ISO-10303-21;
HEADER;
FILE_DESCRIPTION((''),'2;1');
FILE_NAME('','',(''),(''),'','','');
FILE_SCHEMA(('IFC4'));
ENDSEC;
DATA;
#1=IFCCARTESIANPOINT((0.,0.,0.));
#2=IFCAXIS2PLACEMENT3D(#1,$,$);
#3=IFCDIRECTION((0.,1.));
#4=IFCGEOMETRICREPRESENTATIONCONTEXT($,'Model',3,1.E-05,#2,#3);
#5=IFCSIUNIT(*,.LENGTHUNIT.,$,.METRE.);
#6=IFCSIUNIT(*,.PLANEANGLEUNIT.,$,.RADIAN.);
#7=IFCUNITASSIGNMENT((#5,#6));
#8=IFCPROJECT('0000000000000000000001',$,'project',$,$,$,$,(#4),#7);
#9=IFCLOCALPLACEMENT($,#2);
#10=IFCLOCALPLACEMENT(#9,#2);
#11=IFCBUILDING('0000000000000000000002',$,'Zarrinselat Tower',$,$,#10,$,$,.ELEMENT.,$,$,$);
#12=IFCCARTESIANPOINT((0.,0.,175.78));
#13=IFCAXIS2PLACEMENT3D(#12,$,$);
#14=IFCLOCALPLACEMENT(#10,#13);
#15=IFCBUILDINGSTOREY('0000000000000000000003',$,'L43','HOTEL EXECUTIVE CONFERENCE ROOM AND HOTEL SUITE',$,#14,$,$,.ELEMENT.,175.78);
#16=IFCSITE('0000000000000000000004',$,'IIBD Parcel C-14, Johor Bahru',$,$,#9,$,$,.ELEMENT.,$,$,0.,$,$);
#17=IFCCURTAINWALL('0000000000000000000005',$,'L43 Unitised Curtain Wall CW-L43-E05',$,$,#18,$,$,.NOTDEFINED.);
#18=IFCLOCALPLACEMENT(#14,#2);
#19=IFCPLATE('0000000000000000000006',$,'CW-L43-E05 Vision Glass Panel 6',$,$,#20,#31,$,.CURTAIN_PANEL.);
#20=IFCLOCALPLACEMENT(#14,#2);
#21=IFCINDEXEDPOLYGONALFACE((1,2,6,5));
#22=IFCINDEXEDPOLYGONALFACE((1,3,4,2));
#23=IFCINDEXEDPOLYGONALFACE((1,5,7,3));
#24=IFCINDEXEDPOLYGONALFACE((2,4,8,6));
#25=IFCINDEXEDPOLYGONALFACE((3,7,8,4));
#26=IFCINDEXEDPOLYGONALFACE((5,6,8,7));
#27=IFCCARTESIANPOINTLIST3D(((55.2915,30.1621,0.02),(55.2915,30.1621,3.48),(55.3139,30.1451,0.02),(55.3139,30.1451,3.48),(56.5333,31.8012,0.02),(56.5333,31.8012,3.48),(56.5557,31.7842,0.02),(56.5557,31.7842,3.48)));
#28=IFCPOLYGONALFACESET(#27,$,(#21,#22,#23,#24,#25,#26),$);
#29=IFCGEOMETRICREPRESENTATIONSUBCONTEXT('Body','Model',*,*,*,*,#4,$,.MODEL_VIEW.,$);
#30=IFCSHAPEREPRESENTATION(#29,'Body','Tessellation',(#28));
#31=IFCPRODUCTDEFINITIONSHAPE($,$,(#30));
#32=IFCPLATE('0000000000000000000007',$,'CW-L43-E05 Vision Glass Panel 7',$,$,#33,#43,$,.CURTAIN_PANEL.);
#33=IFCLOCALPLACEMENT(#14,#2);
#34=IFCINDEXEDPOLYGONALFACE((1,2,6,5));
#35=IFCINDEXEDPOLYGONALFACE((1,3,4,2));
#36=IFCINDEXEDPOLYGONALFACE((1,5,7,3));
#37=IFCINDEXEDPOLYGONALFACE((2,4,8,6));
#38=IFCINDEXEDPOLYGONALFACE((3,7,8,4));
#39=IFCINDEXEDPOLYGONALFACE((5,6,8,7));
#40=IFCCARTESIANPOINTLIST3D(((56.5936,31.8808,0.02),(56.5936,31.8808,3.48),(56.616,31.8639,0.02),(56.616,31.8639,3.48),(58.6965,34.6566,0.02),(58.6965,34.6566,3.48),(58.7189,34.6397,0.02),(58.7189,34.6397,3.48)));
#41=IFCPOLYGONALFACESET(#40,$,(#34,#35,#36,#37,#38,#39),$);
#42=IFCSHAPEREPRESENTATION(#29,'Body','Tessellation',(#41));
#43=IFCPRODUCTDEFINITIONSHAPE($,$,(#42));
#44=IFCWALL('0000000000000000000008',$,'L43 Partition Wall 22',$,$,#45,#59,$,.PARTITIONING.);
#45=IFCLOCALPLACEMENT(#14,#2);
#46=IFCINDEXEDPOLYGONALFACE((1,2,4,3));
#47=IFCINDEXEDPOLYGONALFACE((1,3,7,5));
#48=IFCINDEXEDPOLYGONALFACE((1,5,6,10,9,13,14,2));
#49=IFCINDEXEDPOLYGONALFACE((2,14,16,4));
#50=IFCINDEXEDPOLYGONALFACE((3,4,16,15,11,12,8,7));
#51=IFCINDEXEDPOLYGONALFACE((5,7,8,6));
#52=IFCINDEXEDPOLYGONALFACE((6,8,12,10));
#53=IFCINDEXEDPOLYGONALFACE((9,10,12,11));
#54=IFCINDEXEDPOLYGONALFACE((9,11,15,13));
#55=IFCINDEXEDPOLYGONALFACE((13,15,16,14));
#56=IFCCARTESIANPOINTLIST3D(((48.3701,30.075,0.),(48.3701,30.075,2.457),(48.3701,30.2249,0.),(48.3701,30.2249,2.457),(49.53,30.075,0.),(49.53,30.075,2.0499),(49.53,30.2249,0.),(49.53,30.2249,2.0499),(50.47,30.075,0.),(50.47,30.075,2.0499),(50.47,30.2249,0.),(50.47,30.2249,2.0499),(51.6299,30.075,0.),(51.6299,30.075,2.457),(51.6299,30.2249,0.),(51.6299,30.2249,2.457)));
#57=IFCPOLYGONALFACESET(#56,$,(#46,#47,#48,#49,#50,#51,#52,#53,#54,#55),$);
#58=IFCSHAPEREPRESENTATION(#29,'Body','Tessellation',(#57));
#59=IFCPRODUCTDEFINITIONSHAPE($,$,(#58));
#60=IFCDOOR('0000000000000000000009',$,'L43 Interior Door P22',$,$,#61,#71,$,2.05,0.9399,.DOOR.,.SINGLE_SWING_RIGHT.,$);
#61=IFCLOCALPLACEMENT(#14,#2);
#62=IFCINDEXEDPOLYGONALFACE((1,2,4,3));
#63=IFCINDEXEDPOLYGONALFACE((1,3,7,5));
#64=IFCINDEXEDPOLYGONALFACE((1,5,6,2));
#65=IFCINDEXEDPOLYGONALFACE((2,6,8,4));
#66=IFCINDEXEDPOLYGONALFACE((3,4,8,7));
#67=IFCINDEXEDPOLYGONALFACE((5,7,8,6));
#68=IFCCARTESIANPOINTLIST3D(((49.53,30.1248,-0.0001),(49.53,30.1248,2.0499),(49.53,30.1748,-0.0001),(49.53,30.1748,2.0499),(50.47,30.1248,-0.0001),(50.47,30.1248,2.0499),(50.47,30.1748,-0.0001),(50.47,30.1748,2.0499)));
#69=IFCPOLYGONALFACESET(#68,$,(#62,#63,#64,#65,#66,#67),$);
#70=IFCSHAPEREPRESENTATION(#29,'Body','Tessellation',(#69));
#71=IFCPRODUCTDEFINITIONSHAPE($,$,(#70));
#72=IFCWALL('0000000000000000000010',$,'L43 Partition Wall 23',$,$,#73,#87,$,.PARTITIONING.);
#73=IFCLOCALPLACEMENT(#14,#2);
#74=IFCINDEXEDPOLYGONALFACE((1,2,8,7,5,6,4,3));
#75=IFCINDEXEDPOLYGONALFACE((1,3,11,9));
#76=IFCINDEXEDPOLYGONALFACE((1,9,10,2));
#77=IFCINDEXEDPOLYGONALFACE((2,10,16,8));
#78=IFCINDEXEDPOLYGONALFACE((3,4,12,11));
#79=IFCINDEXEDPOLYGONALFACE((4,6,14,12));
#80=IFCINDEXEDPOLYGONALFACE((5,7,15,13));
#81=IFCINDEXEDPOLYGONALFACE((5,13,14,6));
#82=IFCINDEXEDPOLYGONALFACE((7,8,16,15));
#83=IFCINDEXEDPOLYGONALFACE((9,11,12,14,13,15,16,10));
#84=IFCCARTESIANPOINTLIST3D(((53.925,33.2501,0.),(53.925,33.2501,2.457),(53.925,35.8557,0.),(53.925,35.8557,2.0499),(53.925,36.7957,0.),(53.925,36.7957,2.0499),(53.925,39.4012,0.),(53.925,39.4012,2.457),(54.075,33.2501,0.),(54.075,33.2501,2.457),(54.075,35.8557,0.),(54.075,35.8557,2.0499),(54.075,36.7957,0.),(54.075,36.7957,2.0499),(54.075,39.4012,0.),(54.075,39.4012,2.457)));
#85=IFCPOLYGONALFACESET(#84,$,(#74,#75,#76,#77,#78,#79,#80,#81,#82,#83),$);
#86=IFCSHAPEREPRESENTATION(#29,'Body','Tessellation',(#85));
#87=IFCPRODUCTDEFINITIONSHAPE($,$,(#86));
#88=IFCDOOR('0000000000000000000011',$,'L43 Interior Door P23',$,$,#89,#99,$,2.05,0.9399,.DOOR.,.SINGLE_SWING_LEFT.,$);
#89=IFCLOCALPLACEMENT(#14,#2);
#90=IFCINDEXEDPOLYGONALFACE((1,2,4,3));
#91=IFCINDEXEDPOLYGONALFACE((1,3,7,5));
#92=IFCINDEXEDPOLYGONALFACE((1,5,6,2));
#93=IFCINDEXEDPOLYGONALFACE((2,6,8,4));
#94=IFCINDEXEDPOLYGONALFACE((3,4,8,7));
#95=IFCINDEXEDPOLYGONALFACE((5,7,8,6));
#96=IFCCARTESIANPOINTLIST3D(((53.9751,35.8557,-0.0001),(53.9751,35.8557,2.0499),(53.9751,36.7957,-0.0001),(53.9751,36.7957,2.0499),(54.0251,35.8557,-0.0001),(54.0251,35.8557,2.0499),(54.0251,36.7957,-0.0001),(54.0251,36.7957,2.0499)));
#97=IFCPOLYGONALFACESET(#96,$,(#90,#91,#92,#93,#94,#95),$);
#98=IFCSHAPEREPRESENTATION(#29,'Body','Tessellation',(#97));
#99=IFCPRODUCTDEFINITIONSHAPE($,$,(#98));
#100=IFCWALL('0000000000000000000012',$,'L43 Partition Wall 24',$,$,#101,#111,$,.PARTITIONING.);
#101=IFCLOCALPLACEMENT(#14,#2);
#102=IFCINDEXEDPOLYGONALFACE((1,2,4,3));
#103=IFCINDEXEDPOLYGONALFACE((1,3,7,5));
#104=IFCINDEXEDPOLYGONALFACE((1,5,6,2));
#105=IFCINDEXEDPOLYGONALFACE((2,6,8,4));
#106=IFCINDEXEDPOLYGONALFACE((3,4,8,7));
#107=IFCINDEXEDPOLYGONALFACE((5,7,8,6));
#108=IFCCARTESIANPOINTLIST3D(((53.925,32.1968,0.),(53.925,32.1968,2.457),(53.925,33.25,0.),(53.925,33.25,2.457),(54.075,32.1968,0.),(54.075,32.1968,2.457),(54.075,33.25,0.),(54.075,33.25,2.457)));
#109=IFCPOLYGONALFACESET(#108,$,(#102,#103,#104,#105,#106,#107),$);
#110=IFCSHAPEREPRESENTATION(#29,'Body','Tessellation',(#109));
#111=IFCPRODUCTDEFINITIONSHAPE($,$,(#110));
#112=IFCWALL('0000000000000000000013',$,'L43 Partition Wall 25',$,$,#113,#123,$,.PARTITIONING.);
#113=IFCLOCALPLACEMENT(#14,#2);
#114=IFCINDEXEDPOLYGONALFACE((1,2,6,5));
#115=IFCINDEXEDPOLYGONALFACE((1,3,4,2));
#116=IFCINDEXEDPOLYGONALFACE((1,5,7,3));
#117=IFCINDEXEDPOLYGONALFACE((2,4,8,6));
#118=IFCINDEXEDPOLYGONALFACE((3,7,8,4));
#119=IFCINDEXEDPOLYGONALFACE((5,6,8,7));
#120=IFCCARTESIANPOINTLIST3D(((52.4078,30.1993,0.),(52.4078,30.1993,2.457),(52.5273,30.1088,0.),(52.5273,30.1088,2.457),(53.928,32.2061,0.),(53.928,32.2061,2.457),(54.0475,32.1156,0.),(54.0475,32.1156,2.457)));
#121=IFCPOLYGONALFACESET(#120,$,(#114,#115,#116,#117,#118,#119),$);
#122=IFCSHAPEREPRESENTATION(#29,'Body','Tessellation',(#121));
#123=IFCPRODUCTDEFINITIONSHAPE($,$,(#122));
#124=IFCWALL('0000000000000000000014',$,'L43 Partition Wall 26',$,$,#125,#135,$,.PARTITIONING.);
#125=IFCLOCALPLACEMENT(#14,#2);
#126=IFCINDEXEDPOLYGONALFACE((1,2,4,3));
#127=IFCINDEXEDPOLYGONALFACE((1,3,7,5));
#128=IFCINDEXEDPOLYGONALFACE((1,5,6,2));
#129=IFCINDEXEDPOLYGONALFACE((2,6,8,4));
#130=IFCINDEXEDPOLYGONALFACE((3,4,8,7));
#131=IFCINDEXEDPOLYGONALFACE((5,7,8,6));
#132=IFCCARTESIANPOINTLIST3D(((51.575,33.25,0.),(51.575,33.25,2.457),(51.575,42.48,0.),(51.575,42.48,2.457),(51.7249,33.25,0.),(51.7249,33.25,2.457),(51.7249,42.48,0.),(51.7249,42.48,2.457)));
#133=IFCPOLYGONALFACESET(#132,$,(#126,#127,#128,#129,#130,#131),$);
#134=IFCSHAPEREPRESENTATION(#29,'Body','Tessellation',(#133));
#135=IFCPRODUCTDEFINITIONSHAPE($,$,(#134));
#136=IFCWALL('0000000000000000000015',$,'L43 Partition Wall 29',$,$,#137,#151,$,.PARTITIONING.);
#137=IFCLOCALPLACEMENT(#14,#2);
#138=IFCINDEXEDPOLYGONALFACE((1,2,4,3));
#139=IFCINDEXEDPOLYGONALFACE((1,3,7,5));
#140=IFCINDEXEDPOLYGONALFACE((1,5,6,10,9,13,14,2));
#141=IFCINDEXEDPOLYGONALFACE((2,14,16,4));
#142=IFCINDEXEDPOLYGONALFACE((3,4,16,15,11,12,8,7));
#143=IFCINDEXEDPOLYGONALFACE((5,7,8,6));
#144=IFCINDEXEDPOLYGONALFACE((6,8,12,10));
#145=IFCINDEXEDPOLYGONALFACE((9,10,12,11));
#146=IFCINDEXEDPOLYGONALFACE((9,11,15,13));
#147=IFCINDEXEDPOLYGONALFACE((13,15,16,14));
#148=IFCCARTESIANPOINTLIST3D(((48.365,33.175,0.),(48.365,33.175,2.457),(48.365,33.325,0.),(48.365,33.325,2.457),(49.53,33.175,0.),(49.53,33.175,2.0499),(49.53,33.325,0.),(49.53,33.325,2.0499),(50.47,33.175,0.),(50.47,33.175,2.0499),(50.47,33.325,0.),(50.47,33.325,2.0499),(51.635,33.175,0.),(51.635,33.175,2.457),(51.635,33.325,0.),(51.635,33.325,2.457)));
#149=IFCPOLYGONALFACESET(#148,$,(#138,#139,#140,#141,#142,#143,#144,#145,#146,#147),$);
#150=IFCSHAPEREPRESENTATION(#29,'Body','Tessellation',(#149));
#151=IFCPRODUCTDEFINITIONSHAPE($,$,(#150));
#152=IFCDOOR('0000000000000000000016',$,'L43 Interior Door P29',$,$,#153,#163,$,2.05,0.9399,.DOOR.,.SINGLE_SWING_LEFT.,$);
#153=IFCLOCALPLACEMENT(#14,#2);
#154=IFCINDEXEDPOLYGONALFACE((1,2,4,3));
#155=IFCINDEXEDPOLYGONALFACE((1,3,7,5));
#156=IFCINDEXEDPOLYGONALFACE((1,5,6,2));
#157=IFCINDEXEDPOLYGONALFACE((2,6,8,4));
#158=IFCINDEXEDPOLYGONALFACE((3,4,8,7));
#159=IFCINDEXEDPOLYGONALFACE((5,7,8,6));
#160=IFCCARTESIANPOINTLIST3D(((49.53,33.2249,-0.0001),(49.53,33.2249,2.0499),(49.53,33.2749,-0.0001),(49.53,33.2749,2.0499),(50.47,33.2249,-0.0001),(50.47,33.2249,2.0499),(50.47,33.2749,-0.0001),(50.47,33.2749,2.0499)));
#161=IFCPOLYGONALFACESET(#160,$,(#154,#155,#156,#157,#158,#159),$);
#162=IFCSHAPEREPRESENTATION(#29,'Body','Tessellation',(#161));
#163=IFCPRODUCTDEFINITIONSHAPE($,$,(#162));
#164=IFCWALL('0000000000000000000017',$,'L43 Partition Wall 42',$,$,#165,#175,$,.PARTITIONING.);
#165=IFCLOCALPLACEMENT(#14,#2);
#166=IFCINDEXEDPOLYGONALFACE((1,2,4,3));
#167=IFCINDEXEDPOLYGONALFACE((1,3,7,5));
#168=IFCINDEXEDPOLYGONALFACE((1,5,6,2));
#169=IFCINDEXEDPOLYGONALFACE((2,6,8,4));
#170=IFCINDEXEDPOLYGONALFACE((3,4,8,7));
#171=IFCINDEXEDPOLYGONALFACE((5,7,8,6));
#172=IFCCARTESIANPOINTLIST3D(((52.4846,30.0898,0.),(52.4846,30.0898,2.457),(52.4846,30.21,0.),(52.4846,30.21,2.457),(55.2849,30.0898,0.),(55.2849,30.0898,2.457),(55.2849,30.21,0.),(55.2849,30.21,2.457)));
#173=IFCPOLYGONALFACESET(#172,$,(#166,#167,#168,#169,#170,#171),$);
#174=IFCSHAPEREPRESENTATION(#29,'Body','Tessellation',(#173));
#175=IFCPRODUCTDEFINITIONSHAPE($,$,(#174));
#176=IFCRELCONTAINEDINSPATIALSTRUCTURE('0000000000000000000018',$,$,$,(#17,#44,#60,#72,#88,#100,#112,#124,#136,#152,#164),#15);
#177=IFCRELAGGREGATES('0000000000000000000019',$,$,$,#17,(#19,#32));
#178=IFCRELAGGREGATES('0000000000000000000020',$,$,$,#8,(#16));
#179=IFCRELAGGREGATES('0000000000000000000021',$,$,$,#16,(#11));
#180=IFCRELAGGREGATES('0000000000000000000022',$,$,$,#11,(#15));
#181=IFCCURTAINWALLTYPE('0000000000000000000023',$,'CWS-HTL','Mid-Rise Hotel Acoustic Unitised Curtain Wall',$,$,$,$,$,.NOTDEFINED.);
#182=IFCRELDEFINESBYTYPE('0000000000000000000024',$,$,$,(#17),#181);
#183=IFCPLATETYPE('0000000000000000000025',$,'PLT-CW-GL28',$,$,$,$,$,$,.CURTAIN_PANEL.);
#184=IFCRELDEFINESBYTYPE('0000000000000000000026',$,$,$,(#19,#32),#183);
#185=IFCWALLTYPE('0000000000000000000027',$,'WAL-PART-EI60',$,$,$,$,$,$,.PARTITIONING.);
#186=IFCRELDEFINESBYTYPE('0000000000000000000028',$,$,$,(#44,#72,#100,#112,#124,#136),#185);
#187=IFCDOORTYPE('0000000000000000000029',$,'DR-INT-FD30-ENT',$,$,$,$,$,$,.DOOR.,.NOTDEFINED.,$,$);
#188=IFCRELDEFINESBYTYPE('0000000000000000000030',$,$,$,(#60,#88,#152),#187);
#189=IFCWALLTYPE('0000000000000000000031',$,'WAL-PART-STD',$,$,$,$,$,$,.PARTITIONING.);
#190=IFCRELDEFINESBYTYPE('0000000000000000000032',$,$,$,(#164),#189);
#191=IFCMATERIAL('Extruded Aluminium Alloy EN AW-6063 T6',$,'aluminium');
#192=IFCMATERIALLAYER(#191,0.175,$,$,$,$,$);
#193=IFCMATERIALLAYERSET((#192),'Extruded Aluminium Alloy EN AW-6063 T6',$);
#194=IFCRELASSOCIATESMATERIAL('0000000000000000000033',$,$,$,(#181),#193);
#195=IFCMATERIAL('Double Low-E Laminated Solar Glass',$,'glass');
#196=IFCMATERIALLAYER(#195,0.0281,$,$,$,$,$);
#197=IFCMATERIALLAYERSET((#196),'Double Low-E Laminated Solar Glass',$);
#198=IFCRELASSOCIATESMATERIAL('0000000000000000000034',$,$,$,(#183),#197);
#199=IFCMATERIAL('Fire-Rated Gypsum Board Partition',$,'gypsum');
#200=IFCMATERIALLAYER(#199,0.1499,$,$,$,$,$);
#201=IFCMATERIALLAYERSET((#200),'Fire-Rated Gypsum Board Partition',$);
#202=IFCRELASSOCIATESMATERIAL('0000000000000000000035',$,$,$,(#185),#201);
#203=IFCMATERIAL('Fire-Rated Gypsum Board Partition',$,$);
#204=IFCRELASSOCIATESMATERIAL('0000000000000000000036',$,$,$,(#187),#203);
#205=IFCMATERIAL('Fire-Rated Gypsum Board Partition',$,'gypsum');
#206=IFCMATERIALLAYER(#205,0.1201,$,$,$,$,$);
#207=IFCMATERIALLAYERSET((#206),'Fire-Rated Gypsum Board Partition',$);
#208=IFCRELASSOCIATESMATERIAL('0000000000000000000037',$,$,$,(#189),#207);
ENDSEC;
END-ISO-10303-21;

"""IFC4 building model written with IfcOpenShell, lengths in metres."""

from ifc_helpers import new_model, si_unit, direction, frame, frame_2d, origin, origin_2d, place, context, subcontext, project, spatial, rectangle, extrude, material, layer, layer_set, type_object, element, fill, aggregate, save


model = new_model("IFC4")

# Units and contexts
model_context = context("Model", 3, precision=1e-05, world=origin(), true_north=direction((0.0, 1.0)))
body_context = subcontext(model_context, "Body", "Model", "MODEL_VIEW")
ifc_project = project(units=[si_unit("LENGTHUNIT", "METRE"), si_unit("PLANEANGLEUNIT", "RADIAN")], contexts=[model_context])

# Site, building, storey
site_placement = place(None, origin())
site = spatial("IfcSite", under=ifc_project, at=site_placement, Name="IIBD Parcel C-14, Johor Bahru", CompositionType="ELEMENT", RefElevation=0.0)
building_placement = place(site_placement, origin())
building = spatial("IfcBuilding", under=site, at=building_placement, Name="Zarrinselat Tower", CompositionType="ELEMENT")
storey_placement = place(building_placement, frame((0.0, 0.0, 175.78)))
storey = spatial("IfcBuildingStorey", under=building, at=storey_placement, Name="L43", Description="HOTEL EXECUTIVE CONFERENCE ROOM AND HOTEL SUITE", CompositionType="ELEMENT", Elevation=175.78)

# Curtain wall, plates
ifc_material_1 = material(Name="Extruded Aluminium Alloy EN AW-6063 T6", Category="aluminium")
ifc_layer_1 = layer(ifc_material_1, 0.175)
ifc_layer_set_1 = layer_set([ifc_layer_1], Name="Extruded Aluminium Alloy EN AW-6063 T6")
curtain_wall_type = type_object("IfcCurtainWallType", Name="CWS-HTL", Description="Mid-Rise Hotel Acoustic Unitised Curtain Wall", PredefinedType="NOTDEFINED", material=ifc_layer_set_1)
curtain_wall_placement = place(storey_placement, origin())
curtain_wall = element("IfcCurtainWall", 1, at=curtain_wall_placement, inside=storey, type_object=curtain_wall_type, Name="L43 Unitised Curtain Wall CW-L43-E05", PredefinedType="NOTDEFINED")
ifc_material_2 = material(Name="Double Low-E Laminated Solar Glass", Category="glass")
ifc_layer_2 = layer(ifc_material_2, 0.0281)
ifc_layer_set_2 = layer_set([ifc_layer_2], Name="Double Low-E Laminated Solar Glass")
plate_type = type_object("IfcPlateType", Name="PLT-CW-GL28", PredefinedType="CURTAIN_PANEL", material=ifc_layer_set_2)
plate_1_placement = place(storey_placement, frame((55.9236, 30.9731, 0.02), z_axis=(0.0, 0.0, 1.0), x_axis=(0.603859, 0.797091, 0.0)))
plate_1 = element("IfcPlate", 2, at=plate_1_placement, type_object=plate_type, Name="CW-L43-E05 Vision Glass Panel 6", PredefinedType="CURTAIN_PANEL", context=body_context, shape_type="SweptSolid", body=[
    extrude(rectangle(XDim=2.0564, YDim=0.0281, at=origin_2d()), origin(), (0.0, 0.0, 1.0), 3.46),
])
plate_2_placement = place(storey_placement, frame((57.6562, 33.2603, 0.02), z_axis=(0.0, 0.0, 1.0), x_axis=(0.603859, 0.797091, 0.0)))
plate_2 = element("IfcPlate", 3, at=plate_2_placement, type_object=plate_type, Name="CW-L43-E05 Vision Glass Panel 7", PredefinedType="CURTAIN_PANEL", context=body_context, shape_type="SweptSolid", body=[
    extrude(rectangle(XDim=3.4824, YDim=0.0281, at=origin_2d()), origin(), (0.0, 0.0, 1.0), 3.46),
])
aggregate(curtain_wall, [plate_1, plate_2])

# Walls, openings, doors
ifc_material_3 = material(Name="Fire-Rated Gypsum Board Partition", Category="gypsum")
ifc_layer_3 = layer(ifc_material_3, 0.1499)
ifc_layer_set_3 = layer_set([ifc_layer_3], Name="Fire-Rated Gypsum Board Partition")
wall_type_1 = type_object("IfcWallType", Name="WAL-PART-EI60", PredefinedType="PARTITIONING", material=ifc_layer_set_3)
wall_1_placement = place(storey_placement, frame((48.3701, 30.1499, 0.0), z_axis=(0.0, 0.0, 1.0), x_axis=(1.0, 0.0, 0.0)))
wall_1 = element("IfcWall", 4, at=wall_1_placement, inside=storey, type_object=wall_type_1, Name="L43 Partition Wall 22", PredefinedType="PARTITIONING", context=body_context, shape_type="SweptSolid", body=[
    extrude(rectangle(XDim=3.2598, YDim=0.1499, at=frame_2d((1.6299, 0.0))), origin(), (0.0, 0.0, 1.0), 2.457),
])
opening_1_placement = place(wall_1_placement, frame((1.1599, 0.0, 0.0)))
opening_1 = element("IfcOpeningElement", 5, at=opening_1_placement, cuts=wall_1, PredefinedType="OPENING", context=body_context, shape_type="SweptSolid", body=[
    extrude(rectangle(XDim=0.9399, YDim=2.05, at=frame_2d((0.47, 1.0249))), frame((0.0, 0.085, 0.0), z_axis=(0.0, -1.0, 0.0), x_axis=(1.0, 0.0, 0.0)), (0.0, 0.0, 1.0), 0.1699),
])
ifc_material_4 = material(Name="Fire-Rated Gypsum Board Partition")
door_type = type_object("IfcDoorType", Name="DR-INT-FD30-ENT", OperationType="NOTDEFINED", PredefinedType="DOOR", material=ifc_material_4)
door_1_placement = place(opening_1_placement, origin())
door_1 = element("IfcDoor", 6, at=door_1_placement, inside=storey, type_object=door_type, Name="L43 Interior Door P22", OperationType="SINGLE_SWING_RIGHT", OverallHeight=2.05, OverallWidth=0.9399, PredefinedType="DOOR", context=body_context, shape_type="SweptSolid", body=[
    extrude(rectangle(XDim=0.9399, YDim=2.05, at=frame_2d((0.47, 1.0249))), frame((0.0, 0.0249, 0.0), z_axis=(0.0, -1.0, 0.0), x_axis=(1.0, 0.0, 0.0)), (0.0, 0.0, 1.0), 0.05),
])
fill(opening_1, door_1)
wall_2_placement = place(storey_placement, frame((54.0, 33.25, 0.0), z_axis=(0.0, 0.0, 1.0), x_axis=(0.0, 1.0, 0.0)))
wall_2 = element("IfcWall", 7, at=wall_2_placement, inside=storey, type_object=wall_type_1, Name="L43 Partition Wall 23", PredefinedType="PARTITIONING", context=body_context, shape_type="SweptSolid", body=[
    extrude(rectangle(XDim=6.1511, YDim=0.1499, at=frame_2d((3.0757, 0.0))), origin(), (0.0, 0.0, 1.0), 2.457),
])
opening_2_placement = place(wall_2_placement, frame((2.6057, 0.0, 0.0)))
opening_2 = element("IfcOpeningElement", 8, at=opening_2_placement, cuts=wall_2, PredefinedType="OPENING", context=body_context, shape_type="SweptSolid", body=[
    extrude(rectangle(XDim=0.9399, YDim=2.05, at=frame_2d((0.47, 1.0249))), frame((0.0, 0.085, 0.0), z_axis=(0.0, -1.0, 0.0), x_axis=(1.0, 0.0, 0.0)), (0.0, 0.0, 1.0), 0.1699),
])
door_2_placement = place(opening_2_placement, origin())
door_2 = element("IfcDoor", 9, at=door_2_placement, inside=storey, type_object=door_type, Name="L43 Interior Door P23", OperationType="SINGLE_SWING_LEFT", OverallHeight=2.05, OverallWidth=0.9399, PredefinedType="DOOR", context=body_context, shape_type="SweptSolid", body=[
    extrude(rectangle(XDim=0.9399, YDim=2.05, at=frame_2d((0.47, 1.0249))), frame((0.0, 0.0249, 0.0), z_axis=(0.0, -1.0, 0.0), x_axis=(1.0, 0.0, 0.0)), (0.0, 0.0, 1.0), 0.05),
])
fill(opening_2, door_2)

# Walls
wall_3_placement = place(storey_placement, frame((54.0, 32.1968, 0.0), z_axis=(0.0, 0.0, 1.0), x_axis=(0.0, 1.0, 0.0)))
element("IfcWall", 10, at=wall_3_placement, inside=storey, type_object=wall_type_1, Name="L43 Partition Wall 24", PredefinedType="PARTITIONING", context=body_context, shape_type="SweptSolid", body=[
    extrude(rectangle(XDim=1.0532, YDim=0.1499, at=frame_2d((0.5266, 0.0))), origin(), (0.0, 0.0, 1.0), 2.457),
])
wall_4_placement = place(storey_placement, frame((52.4675, 30.1541, 0.0), z_axis=(0.0, 0.0, 1.0), x_axis=(0.603841, 0.797105, 0.0)))
element("IfcWall", 11, at=wall_4_placement, inside=storey, type_object=wall_type_1, Name="L43 Partition Wall 25", PredefinedType="PARTITIONING", context=body_context, shape_type="SweptSolid", body=[
    extrude(rectangle(XDim=2.5176, YDim=0.1499, at=frame_2d((1.2588, 0.0))), origin(), (0.0, 0.0, 1.0), 2.457),
])
wall_5_placement = place(storey_placement, frame((51.6499, 33.25, 0.0), z_axis=(0.0, 0.0, 1.0), x_axis=(0.0, 1.0, 0.0)))
element("IfcWall", 12, at=wall_5_placement, inside=storey, type_object=wall_type_1, Name="L43 Partition Wall 26", PredefinedType="PARTITIONING", context=body_context, shape_type="SweptSolid", body=[
    extrude(rectangle(XDim=9.23, YDim=0.1499, at=frame_2d((4.615, 0.0))), origin(), (0.0, 0.0, 1.0), 2.457),
])

# Wall, opening, door
wall_6_placement = place(storey_placement, frame((48.365, 33.25, 0.0), z_axis=(0.0, 0.0, 1.0), x_axis=(1.0, 0.0, 0.0)))
wall_6 = element("IfcWall", 13, at=wall_6_placement, inside=storey, type_object=wall_type_1, Name="L43 Partition Wall 29", PredefinedType="PARTITIONING", context=body_context, shape_type="SweptSolid", body=[
    extrude(rectangle(XDim=3.27, YDim=0.1499, at=frame_2d((1.635, 0.0))), origin(), (0.0, 0.0, 1.0), 2.457),
])
opening_3_placement = place(wall_6_placement, frame((1.165, 0.0, 0.0)))
opening_3 = element("IfcOpeningElement", 14, at=opening_3_placement, cuts=wall_6, PredefinedType="OPENING", context=body_context, shape_type="SweptSolid", body=[
    extrude(rectangle(XDim=0.9399, YDim=2.05, at=frame_2d((0.47, 1.0249))), frame((0.0, 0.085, 0.0), z_axis=(0.0, -1.0, 0.0), x_axis=(1.0, 0.0, 0.0)), (0.0, 0.0, 1.0), 0.1699),
])
door_3_placement = place(opening_3_placement, origin())
door_3 = element("IfcDoor", 15, at=door_3_placement, inside=storey, type_object=door_type, Name="L43 Interior Door P29", OperationType="SINGLE_SWING_LEFT", OverallHeight=2.05, OverallWidth=0.9399, PredefinedType="DOOR", context=body_context, shape_type="SweptSolid", body=[
    extrude(rectangle(XDim=0.9399, YDim=2.05, at=frame_2d((0.47, 1.0249))), frame((0.0, 0.0249, 0.0), z_axis=(0.0, -1.0, 0.0), x_axis=(1.0, 0.0, 0.0)), (0.0, 0.0, 1.0), 0.05),
])
fill(opening_3, door_3)

# Wall
ifc_material_5 = material(Name="Fire-Rated Gypsum Board Partition", Category="gypsum")
ifc_layer_4 = layer(ifc_material_5, 0.1201)
ifc_layer_set_4 = layer_set([ifc_layer_4], Name="Fire-Rated Gypsum Board Partition")
wall_type_2 = type_object("IfcWallType", Name="WAL-PART-STD", PredefinedType="PARTITIONING", material=ifc_layer_set_4)
wall_7_placement = place(storey_placement, frame((52.4846, 30.1499, 0.0), z_axis=(0.0, 0.0, 1.0), x_axis=(1.0, 0.0, 0.0)))
element("IfcWall", 16, at=wall_7_placement, inside=storey, type_object=wall_type_2, Name="L43 Partition Wall 42", PredefinedType="PARTITIONING", context=body_context, shape_type="SweptSolid", body=[
    extrude(rectangle(XDim=2.8003, YDim=0.1201, at=frame_2d((1.4001, 0.0))), origin(), (0.0, 0.0, 1.0), 2.457),
])

save(model, "model.ifc")
